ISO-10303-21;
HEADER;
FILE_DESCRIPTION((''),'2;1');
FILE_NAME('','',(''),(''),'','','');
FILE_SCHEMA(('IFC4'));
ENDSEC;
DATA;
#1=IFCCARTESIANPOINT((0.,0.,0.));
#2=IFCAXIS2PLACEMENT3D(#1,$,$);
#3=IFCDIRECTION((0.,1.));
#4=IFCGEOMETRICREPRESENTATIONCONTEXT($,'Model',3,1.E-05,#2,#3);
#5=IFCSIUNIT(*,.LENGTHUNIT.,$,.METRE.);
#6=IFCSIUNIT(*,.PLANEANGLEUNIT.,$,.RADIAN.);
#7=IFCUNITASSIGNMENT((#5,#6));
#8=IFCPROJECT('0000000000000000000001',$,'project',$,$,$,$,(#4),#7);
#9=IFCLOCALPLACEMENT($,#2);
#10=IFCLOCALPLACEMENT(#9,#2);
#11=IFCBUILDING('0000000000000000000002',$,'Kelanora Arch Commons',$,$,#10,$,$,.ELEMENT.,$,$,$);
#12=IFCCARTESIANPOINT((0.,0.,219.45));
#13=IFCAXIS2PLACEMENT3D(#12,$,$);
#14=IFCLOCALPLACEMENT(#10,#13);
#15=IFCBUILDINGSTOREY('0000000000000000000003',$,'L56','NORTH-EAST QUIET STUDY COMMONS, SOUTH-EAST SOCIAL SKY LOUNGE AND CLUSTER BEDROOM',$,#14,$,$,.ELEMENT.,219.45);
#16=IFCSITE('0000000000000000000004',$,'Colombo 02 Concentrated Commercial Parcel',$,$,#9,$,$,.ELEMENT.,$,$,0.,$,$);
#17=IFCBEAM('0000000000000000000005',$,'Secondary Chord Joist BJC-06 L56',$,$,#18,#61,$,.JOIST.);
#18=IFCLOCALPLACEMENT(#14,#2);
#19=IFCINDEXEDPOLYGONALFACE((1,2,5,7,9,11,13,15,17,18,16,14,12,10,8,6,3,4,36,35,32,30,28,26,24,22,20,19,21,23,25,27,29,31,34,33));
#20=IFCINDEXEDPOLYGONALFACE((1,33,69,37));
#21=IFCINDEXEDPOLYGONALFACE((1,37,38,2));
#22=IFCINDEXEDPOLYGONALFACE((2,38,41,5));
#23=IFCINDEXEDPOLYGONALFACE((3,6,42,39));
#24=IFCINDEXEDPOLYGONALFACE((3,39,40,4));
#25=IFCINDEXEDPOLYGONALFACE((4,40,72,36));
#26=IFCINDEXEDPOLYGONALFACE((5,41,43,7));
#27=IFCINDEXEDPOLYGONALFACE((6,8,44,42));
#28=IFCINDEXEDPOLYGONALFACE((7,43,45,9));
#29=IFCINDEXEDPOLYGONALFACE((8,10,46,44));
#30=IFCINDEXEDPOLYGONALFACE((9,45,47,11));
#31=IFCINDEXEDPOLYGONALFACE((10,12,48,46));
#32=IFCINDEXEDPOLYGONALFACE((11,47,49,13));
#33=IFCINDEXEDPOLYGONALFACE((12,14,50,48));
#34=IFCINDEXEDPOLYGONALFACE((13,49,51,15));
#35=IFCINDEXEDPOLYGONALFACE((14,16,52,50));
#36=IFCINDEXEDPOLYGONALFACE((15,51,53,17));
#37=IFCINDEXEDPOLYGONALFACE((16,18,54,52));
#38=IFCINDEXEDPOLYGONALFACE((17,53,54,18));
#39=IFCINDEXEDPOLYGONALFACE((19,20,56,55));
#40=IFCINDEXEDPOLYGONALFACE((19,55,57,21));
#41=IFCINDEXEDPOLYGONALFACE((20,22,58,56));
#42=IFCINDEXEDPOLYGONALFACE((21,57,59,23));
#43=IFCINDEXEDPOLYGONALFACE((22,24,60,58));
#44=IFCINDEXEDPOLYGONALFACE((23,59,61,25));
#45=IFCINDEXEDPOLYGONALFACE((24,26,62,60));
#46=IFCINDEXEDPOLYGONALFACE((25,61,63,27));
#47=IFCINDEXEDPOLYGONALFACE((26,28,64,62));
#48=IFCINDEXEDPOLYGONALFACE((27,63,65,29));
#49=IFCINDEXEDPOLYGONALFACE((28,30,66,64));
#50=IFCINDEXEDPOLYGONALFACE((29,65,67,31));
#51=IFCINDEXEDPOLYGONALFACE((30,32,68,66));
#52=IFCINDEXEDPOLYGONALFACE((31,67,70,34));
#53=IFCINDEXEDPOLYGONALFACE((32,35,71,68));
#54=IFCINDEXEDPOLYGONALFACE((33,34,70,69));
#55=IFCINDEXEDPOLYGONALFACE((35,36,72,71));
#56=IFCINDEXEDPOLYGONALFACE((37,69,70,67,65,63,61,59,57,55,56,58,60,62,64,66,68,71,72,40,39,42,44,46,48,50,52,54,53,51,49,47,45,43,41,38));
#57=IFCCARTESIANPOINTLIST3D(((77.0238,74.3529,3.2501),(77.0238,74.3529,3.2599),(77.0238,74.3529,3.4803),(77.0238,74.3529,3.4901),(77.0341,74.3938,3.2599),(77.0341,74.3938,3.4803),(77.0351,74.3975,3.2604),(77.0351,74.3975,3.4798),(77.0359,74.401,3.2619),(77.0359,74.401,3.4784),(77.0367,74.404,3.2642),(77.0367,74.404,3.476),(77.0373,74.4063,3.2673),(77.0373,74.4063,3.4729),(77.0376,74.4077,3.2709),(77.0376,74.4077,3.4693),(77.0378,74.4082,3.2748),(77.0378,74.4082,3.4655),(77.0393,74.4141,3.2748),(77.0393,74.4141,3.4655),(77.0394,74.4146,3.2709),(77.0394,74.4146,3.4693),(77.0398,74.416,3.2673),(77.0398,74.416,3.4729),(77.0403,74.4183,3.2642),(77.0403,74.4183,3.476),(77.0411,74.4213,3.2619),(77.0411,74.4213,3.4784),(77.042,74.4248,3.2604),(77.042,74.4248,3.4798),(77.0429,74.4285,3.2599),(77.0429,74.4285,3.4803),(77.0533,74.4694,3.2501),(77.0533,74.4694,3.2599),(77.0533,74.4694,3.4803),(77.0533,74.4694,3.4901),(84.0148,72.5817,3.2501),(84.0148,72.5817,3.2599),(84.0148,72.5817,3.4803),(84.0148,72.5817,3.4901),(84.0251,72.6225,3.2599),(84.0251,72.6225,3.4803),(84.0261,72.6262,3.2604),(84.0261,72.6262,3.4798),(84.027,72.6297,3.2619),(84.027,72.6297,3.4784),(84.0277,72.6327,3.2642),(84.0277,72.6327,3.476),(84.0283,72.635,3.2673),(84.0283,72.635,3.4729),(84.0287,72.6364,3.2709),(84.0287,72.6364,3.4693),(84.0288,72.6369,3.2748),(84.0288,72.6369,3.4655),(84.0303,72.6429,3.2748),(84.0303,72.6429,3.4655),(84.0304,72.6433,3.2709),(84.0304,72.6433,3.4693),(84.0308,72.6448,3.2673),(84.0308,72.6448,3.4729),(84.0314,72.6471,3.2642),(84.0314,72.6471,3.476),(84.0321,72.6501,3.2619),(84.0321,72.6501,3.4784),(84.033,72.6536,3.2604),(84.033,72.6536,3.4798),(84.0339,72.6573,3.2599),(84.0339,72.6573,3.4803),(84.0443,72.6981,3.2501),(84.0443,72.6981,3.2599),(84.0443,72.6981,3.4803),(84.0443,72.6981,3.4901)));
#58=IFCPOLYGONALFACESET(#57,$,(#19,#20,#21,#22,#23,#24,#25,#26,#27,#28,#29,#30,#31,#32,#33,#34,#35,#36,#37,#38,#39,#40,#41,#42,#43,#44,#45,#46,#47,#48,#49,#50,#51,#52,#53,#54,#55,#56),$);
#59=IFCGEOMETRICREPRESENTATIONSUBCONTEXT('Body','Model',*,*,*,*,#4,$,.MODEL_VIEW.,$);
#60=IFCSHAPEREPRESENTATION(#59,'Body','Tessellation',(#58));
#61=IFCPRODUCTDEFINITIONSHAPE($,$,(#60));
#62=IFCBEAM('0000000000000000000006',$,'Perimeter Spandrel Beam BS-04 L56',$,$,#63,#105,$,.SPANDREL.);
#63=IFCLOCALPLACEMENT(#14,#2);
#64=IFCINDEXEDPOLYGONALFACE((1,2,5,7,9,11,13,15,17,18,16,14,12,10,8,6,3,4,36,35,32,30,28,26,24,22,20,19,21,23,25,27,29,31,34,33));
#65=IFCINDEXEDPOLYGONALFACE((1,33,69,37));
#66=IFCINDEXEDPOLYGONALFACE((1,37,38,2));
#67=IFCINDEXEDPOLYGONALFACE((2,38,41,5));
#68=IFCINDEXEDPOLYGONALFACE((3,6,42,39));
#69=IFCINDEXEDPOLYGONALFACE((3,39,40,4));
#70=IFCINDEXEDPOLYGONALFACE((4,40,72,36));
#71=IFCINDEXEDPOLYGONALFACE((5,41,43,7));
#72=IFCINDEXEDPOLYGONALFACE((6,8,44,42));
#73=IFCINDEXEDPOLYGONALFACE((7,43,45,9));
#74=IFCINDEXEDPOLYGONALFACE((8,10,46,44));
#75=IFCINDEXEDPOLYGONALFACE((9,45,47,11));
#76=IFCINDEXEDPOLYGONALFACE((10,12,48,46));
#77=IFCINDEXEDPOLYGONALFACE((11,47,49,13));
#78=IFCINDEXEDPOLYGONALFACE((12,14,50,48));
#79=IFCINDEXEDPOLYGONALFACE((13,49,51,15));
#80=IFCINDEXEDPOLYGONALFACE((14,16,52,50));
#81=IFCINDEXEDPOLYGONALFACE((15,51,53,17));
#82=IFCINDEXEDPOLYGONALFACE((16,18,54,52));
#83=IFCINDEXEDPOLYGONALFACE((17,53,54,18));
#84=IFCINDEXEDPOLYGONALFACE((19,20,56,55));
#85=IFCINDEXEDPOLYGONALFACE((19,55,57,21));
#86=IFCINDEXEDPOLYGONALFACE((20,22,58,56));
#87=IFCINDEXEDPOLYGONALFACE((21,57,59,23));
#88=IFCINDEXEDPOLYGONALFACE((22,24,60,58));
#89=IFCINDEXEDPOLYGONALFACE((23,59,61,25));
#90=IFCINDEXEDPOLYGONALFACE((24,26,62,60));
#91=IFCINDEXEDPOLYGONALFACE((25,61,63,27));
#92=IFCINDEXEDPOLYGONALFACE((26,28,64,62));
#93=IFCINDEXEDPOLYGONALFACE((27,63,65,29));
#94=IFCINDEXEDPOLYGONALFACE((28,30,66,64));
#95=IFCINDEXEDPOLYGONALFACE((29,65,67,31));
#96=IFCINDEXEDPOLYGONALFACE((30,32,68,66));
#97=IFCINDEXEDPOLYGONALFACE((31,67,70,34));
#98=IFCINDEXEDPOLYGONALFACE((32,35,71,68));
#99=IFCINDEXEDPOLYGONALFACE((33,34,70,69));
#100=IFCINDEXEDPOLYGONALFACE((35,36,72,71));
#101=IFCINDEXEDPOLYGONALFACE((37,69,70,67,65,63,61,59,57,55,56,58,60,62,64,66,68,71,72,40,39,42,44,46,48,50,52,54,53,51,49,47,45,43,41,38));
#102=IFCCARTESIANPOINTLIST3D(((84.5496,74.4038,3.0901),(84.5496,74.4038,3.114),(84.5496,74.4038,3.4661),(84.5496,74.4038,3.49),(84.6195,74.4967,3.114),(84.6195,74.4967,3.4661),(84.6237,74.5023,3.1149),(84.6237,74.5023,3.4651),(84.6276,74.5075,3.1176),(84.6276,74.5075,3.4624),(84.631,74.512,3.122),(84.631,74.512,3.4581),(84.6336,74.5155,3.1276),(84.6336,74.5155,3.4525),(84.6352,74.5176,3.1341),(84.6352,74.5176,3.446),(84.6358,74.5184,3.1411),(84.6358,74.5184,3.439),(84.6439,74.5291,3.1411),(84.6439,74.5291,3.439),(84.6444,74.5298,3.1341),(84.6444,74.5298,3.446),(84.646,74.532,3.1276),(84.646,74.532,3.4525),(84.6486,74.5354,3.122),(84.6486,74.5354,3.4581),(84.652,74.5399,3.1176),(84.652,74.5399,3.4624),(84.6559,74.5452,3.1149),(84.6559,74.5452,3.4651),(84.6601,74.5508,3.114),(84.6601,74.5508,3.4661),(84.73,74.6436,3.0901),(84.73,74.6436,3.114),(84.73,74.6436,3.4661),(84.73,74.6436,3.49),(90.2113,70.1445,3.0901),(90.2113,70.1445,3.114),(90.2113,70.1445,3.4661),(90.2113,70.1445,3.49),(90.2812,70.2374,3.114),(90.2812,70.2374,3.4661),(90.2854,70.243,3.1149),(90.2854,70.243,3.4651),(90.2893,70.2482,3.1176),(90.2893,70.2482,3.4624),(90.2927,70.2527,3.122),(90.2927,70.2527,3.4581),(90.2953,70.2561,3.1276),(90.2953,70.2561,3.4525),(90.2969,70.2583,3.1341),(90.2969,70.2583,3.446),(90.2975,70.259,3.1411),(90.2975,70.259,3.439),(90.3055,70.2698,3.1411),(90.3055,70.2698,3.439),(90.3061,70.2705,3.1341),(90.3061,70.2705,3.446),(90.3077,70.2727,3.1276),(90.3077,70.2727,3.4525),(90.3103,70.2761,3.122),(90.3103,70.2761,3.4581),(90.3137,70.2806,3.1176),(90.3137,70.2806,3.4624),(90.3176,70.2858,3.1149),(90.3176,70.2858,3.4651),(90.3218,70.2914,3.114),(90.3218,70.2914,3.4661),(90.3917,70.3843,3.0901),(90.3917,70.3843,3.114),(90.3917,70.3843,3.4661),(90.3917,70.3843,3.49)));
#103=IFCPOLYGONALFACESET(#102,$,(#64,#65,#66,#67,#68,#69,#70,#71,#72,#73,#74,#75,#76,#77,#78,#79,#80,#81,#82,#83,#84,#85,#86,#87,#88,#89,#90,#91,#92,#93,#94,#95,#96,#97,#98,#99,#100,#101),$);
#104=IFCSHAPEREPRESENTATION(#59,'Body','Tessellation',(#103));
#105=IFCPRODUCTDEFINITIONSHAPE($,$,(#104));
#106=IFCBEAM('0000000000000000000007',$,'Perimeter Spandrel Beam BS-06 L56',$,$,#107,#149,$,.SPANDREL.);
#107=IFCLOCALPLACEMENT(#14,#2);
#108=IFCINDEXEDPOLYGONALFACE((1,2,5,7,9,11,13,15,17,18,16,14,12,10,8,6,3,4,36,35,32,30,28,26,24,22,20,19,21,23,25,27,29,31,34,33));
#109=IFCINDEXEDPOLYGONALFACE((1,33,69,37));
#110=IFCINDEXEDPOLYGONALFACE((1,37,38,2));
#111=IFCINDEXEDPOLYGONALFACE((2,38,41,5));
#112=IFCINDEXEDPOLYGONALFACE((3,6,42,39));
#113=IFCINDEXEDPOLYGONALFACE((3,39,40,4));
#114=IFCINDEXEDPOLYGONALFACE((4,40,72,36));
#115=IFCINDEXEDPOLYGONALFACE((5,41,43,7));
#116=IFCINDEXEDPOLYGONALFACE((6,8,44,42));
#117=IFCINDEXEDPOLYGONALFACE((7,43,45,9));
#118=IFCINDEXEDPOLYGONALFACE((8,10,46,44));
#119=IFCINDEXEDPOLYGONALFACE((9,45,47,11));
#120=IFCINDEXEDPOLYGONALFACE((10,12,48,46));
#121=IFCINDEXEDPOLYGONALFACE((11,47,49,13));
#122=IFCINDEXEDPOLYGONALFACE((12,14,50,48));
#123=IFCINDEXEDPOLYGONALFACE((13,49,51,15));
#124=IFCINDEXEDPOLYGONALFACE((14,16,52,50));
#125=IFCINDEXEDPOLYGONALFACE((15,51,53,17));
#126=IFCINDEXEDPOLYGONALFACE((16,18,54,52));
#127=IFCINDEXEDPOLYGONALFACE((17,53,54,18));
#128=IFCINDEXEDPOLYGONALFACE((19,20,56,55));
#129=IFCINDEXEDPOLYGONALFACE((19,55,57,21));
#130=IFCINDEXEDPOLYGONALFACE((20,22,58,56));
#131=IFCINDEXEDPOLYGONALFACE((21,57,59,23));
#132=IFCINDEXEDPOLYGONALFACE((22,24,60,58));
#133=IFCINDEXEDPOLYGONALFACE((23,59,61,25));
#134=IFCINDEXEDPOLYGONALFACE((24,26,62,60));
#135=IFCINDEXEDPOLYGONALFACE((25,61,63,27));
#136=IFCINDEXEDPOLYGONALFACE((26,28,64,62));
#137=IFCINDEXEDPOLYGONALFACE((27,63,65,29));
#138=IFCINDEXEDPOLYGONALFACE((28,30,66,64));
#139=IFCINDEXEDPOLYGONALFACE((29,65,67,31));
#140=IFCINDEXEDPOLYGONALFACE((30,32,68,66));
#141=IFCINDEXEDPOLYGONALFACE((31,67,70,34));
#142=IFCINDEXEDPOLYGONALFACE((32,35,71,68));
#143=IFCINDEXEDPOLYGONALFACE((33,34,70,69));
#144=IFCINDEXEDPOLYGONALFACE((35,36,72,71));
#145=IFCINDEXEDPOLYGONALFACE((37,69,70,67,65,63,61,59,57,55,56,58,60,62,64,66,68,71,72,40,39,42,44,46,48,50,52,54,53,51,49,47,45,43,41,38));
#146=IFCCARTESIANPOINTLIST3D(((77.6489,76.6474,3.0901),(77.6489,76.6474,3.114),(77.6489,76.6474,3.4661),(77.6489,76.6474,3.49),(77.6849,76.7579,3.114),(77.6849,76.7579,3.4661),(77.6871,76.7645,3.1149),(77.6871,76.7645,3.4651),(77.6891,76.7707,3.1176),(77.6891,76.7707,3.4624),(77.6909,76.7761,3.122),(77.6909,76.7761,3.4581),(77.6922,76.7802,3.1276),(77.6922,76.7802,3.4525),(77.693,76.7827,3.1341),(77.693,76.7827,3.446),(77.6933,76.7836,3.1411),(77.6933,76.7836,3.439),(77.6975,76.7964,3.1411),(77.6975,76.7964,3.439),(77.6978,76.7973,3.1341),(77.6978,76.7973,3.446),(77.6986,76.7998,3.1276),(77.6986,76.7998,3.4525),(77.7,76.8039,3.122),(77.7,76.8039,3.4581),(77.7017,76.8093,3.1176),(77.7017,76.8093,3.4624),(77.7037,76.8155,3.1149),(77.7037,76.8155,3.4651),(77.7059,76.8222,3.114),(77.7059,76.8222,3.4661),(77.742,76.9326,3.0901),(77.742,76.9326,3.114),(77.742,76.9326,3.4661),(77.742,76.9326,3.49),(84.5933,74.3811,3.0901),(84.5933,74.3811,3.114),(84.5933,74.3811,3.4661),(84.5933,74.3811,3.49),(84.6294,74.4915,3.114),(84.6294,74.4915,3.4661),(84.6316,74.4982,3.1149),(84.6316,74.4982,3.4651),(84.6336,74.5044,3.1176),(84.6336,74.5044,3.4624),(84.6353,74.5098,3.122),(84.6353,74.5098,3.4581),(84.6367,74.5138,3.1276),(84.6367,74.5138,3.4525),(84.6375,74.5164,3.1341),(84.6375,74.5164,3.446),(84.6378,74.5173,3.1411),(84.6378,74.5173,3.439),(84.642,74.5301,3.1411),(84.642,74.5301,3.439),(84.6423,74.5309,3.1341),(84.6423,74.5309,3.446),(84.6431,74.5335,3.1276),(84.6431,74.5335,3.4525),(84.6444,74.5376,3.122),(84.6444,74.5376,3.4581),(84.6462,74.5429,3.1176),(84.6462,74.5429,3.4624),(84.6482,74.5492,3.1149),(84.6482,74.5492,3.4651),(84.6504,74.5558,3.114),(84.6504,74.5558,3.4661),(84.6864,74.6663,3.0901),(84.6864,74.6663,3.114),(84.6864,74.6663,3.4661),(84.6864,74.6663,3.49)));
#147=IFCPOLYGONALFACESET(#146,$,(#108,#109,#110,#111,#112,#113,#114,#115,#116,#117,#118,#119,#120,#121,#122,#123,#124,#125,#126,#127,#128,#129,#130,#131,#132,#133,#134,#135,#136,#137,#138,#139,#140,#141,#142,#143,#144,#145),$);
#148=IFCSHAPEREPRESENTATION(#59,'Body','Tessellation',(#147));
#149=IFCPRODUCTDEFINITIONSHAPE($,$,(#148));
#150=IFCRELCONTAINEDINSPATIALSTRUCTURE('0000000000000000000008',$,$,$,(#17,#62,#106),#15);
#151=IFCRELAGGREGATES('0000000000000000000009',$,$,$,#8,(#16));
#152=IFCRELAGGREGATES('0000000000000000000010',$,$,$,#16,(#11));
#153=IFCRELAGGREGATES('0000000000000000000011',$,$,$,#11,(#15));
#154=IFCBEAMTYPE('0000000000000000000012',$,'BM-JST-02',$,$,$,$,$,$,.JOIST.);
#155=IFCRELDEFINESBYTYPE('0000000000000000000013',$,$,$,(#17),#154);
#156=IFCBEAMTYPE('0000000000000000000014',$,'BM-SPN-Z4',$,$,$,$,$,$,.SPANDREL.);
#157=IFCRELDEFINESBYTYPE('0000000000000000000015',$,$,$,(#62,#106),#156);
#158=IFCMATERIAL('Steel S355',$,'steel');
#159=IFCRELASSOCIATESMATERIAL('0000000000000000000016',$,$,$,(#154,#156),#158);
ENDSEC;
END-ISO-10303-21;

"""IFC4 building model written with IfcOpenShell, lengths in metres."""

from ifc_helpers import new_model, si_unit, direction, frame, origin, origin_2d, place, context, subcontext, project, spatial, i_section, extrude, material, material_profile, profile_set, type_object, element, save


model = new_model("IFC4")

# Units and contexts
model_context = context("Model", 3, precision=1e-05, world=origin(), true_north=direction((0.0, 1.0)))
body_context = subcontext(model_context, "Body", "Model", "MODEL_VIEW")
ifc_project = project(units=[si_unit("LENGTHUNIT", "METRE"), si_unit("PLANEANGLEUNIT", "RADIAN")], contexts=[model_context])

# Site, building, storey
site_placement = place(None, origin())
site = spatial("IfcSite", under=ifc_project, at=site_placement, Name="Colombo 02 Concentrated Commercial Parcel", CompositionType="ELEMENT", RefElevation=0.0)
building_placement = place(site_placement, origin())
building = spatial("IfcBuilding", under=site, at=building_placement, Name="Kelanora Arch Commons", CompositionType="ELEMENT")
storey_placement = place(building_placement, frame((0.0, 0.0, 219.45)))
storey = spatial("IfcBuildingStorey", under=building, at=storey_placement, Name="L56", Description="NORTH-EAST QUIET STUDY COMMONS, SOUTH-EAST SOCIAL SKY LOUNGE AND CLUSTER BEDROOM", CompositionType="ELEMENT", Elevation=219.45)

# Beams
ifc_material_1 = material(Name="Steel S355", Category="steel")
ifc_material_profile_1 = material_profile(ifc_material_1, i_section(OverallWidth=0.1201, OverallDepth=0.24, WebThickness=0.0061, FlangeThickness=0.0098, FilletRadius=0.0149, at=origin_2d()), Name="IPE240")
ifc_profile_set_1 = profile_set([ifc_material_profile_1], Name="Steel S355")
beam_type_1 = type_object("IfcBeamType", Name="BM-JST-02", PredefinedType="JOIST", material=ifc_profile_set_1)
beam_1_placement = place(storey_placement, frame((84.0295, 72.6399, 3.3701), z_axis=(-0.969371, 0.245601, 0.0), x_axis=(-0.245601, -0.969371, 0.0)))
element("IfcBeam", 1, at=beam_1_placement, inside=storey, type_object=beam_type_1, Name="Secondary Chord Joist BJC-06 L56", PredefinedType="JOIST", context=body_context, shape_type="SweptSolid", body=[
    extrude(i_section(OverallWidth=0.1201, OverallDepth=0.24, WebThickness=0.0061, FlangeThickness=0.0098, FilletRadius=0.0149, at=origin_2d()), origin(), (0.0, 0.0, 1.0), 7.2119),
])
ifc_material_profile_2 = material_profile(ifc_material_1, i_section(OverallWidth=0.3, OverallDepth=0.3999, WebThickness=0.0134, FlangeThickness=0.0239, FilletRadius=0.0271, at=origin_2d()), Name="HEB400")
ifc_profile_set_2 = profile_set([ifc_material_profile_2], Name="Steel S355")
beam_type_2 = type_object("IfcBeamType", Name="BM-SPN-Z4", PredefinedType="SPANDREL", material=ifc_profile_set_2)
beam_2_placement = place(storey_placement, frame((90.3015, 70.2644, 3.29), z_axis=(-0.799114, 0.601179, 0.0), x_axis=(-0.601179, -0.799114, 0.0)))
element("IfcBeam", 2, at=beam_2_placement, inside=storey, type_object=beam_type_2, Name="Perimeter Spandrel Beam BS-04 L56", PredefinedType="SPANDREL", context=body_context, shape_type="SweptSolid", body=[
    extrude(i_section(OverallWidth=0.3, OverallDepth=0.3999, WebThickness=0.0134, FlangeThickness=0.0239, FilletRadius=0.0271, at=origin_2d()), origin(), (0.0, 0.0, 1.0), 7.085),
])
beam_3_placement = place(storey_placement, frame((84.6399, 74.5237, 3.29), z_axis=(-0.950656, 0.310246, 0.0), x_axis=(-0.310246, -0.950656, 0.0)))
element("IfcBeam", 3, at=beam_3_placement, inside=storey, type_object=beam_type_2, Name="Perimeter Spandrel Beam BS-06 L56", PredefinedType="SPANDREL", context=body_context, shape_type="SweptSolid", body=[
    extrude(i_section(OverallWidth=0.3, OverallDepth=0.3999, WebThickness=0.0134, FlangeThickness=0.0239, FilletRadius=0.0271, at=origin_2d()), origin(), (0.0, 0.0, 1.0), 7.3049),
])

save(model, "model.ifc")
